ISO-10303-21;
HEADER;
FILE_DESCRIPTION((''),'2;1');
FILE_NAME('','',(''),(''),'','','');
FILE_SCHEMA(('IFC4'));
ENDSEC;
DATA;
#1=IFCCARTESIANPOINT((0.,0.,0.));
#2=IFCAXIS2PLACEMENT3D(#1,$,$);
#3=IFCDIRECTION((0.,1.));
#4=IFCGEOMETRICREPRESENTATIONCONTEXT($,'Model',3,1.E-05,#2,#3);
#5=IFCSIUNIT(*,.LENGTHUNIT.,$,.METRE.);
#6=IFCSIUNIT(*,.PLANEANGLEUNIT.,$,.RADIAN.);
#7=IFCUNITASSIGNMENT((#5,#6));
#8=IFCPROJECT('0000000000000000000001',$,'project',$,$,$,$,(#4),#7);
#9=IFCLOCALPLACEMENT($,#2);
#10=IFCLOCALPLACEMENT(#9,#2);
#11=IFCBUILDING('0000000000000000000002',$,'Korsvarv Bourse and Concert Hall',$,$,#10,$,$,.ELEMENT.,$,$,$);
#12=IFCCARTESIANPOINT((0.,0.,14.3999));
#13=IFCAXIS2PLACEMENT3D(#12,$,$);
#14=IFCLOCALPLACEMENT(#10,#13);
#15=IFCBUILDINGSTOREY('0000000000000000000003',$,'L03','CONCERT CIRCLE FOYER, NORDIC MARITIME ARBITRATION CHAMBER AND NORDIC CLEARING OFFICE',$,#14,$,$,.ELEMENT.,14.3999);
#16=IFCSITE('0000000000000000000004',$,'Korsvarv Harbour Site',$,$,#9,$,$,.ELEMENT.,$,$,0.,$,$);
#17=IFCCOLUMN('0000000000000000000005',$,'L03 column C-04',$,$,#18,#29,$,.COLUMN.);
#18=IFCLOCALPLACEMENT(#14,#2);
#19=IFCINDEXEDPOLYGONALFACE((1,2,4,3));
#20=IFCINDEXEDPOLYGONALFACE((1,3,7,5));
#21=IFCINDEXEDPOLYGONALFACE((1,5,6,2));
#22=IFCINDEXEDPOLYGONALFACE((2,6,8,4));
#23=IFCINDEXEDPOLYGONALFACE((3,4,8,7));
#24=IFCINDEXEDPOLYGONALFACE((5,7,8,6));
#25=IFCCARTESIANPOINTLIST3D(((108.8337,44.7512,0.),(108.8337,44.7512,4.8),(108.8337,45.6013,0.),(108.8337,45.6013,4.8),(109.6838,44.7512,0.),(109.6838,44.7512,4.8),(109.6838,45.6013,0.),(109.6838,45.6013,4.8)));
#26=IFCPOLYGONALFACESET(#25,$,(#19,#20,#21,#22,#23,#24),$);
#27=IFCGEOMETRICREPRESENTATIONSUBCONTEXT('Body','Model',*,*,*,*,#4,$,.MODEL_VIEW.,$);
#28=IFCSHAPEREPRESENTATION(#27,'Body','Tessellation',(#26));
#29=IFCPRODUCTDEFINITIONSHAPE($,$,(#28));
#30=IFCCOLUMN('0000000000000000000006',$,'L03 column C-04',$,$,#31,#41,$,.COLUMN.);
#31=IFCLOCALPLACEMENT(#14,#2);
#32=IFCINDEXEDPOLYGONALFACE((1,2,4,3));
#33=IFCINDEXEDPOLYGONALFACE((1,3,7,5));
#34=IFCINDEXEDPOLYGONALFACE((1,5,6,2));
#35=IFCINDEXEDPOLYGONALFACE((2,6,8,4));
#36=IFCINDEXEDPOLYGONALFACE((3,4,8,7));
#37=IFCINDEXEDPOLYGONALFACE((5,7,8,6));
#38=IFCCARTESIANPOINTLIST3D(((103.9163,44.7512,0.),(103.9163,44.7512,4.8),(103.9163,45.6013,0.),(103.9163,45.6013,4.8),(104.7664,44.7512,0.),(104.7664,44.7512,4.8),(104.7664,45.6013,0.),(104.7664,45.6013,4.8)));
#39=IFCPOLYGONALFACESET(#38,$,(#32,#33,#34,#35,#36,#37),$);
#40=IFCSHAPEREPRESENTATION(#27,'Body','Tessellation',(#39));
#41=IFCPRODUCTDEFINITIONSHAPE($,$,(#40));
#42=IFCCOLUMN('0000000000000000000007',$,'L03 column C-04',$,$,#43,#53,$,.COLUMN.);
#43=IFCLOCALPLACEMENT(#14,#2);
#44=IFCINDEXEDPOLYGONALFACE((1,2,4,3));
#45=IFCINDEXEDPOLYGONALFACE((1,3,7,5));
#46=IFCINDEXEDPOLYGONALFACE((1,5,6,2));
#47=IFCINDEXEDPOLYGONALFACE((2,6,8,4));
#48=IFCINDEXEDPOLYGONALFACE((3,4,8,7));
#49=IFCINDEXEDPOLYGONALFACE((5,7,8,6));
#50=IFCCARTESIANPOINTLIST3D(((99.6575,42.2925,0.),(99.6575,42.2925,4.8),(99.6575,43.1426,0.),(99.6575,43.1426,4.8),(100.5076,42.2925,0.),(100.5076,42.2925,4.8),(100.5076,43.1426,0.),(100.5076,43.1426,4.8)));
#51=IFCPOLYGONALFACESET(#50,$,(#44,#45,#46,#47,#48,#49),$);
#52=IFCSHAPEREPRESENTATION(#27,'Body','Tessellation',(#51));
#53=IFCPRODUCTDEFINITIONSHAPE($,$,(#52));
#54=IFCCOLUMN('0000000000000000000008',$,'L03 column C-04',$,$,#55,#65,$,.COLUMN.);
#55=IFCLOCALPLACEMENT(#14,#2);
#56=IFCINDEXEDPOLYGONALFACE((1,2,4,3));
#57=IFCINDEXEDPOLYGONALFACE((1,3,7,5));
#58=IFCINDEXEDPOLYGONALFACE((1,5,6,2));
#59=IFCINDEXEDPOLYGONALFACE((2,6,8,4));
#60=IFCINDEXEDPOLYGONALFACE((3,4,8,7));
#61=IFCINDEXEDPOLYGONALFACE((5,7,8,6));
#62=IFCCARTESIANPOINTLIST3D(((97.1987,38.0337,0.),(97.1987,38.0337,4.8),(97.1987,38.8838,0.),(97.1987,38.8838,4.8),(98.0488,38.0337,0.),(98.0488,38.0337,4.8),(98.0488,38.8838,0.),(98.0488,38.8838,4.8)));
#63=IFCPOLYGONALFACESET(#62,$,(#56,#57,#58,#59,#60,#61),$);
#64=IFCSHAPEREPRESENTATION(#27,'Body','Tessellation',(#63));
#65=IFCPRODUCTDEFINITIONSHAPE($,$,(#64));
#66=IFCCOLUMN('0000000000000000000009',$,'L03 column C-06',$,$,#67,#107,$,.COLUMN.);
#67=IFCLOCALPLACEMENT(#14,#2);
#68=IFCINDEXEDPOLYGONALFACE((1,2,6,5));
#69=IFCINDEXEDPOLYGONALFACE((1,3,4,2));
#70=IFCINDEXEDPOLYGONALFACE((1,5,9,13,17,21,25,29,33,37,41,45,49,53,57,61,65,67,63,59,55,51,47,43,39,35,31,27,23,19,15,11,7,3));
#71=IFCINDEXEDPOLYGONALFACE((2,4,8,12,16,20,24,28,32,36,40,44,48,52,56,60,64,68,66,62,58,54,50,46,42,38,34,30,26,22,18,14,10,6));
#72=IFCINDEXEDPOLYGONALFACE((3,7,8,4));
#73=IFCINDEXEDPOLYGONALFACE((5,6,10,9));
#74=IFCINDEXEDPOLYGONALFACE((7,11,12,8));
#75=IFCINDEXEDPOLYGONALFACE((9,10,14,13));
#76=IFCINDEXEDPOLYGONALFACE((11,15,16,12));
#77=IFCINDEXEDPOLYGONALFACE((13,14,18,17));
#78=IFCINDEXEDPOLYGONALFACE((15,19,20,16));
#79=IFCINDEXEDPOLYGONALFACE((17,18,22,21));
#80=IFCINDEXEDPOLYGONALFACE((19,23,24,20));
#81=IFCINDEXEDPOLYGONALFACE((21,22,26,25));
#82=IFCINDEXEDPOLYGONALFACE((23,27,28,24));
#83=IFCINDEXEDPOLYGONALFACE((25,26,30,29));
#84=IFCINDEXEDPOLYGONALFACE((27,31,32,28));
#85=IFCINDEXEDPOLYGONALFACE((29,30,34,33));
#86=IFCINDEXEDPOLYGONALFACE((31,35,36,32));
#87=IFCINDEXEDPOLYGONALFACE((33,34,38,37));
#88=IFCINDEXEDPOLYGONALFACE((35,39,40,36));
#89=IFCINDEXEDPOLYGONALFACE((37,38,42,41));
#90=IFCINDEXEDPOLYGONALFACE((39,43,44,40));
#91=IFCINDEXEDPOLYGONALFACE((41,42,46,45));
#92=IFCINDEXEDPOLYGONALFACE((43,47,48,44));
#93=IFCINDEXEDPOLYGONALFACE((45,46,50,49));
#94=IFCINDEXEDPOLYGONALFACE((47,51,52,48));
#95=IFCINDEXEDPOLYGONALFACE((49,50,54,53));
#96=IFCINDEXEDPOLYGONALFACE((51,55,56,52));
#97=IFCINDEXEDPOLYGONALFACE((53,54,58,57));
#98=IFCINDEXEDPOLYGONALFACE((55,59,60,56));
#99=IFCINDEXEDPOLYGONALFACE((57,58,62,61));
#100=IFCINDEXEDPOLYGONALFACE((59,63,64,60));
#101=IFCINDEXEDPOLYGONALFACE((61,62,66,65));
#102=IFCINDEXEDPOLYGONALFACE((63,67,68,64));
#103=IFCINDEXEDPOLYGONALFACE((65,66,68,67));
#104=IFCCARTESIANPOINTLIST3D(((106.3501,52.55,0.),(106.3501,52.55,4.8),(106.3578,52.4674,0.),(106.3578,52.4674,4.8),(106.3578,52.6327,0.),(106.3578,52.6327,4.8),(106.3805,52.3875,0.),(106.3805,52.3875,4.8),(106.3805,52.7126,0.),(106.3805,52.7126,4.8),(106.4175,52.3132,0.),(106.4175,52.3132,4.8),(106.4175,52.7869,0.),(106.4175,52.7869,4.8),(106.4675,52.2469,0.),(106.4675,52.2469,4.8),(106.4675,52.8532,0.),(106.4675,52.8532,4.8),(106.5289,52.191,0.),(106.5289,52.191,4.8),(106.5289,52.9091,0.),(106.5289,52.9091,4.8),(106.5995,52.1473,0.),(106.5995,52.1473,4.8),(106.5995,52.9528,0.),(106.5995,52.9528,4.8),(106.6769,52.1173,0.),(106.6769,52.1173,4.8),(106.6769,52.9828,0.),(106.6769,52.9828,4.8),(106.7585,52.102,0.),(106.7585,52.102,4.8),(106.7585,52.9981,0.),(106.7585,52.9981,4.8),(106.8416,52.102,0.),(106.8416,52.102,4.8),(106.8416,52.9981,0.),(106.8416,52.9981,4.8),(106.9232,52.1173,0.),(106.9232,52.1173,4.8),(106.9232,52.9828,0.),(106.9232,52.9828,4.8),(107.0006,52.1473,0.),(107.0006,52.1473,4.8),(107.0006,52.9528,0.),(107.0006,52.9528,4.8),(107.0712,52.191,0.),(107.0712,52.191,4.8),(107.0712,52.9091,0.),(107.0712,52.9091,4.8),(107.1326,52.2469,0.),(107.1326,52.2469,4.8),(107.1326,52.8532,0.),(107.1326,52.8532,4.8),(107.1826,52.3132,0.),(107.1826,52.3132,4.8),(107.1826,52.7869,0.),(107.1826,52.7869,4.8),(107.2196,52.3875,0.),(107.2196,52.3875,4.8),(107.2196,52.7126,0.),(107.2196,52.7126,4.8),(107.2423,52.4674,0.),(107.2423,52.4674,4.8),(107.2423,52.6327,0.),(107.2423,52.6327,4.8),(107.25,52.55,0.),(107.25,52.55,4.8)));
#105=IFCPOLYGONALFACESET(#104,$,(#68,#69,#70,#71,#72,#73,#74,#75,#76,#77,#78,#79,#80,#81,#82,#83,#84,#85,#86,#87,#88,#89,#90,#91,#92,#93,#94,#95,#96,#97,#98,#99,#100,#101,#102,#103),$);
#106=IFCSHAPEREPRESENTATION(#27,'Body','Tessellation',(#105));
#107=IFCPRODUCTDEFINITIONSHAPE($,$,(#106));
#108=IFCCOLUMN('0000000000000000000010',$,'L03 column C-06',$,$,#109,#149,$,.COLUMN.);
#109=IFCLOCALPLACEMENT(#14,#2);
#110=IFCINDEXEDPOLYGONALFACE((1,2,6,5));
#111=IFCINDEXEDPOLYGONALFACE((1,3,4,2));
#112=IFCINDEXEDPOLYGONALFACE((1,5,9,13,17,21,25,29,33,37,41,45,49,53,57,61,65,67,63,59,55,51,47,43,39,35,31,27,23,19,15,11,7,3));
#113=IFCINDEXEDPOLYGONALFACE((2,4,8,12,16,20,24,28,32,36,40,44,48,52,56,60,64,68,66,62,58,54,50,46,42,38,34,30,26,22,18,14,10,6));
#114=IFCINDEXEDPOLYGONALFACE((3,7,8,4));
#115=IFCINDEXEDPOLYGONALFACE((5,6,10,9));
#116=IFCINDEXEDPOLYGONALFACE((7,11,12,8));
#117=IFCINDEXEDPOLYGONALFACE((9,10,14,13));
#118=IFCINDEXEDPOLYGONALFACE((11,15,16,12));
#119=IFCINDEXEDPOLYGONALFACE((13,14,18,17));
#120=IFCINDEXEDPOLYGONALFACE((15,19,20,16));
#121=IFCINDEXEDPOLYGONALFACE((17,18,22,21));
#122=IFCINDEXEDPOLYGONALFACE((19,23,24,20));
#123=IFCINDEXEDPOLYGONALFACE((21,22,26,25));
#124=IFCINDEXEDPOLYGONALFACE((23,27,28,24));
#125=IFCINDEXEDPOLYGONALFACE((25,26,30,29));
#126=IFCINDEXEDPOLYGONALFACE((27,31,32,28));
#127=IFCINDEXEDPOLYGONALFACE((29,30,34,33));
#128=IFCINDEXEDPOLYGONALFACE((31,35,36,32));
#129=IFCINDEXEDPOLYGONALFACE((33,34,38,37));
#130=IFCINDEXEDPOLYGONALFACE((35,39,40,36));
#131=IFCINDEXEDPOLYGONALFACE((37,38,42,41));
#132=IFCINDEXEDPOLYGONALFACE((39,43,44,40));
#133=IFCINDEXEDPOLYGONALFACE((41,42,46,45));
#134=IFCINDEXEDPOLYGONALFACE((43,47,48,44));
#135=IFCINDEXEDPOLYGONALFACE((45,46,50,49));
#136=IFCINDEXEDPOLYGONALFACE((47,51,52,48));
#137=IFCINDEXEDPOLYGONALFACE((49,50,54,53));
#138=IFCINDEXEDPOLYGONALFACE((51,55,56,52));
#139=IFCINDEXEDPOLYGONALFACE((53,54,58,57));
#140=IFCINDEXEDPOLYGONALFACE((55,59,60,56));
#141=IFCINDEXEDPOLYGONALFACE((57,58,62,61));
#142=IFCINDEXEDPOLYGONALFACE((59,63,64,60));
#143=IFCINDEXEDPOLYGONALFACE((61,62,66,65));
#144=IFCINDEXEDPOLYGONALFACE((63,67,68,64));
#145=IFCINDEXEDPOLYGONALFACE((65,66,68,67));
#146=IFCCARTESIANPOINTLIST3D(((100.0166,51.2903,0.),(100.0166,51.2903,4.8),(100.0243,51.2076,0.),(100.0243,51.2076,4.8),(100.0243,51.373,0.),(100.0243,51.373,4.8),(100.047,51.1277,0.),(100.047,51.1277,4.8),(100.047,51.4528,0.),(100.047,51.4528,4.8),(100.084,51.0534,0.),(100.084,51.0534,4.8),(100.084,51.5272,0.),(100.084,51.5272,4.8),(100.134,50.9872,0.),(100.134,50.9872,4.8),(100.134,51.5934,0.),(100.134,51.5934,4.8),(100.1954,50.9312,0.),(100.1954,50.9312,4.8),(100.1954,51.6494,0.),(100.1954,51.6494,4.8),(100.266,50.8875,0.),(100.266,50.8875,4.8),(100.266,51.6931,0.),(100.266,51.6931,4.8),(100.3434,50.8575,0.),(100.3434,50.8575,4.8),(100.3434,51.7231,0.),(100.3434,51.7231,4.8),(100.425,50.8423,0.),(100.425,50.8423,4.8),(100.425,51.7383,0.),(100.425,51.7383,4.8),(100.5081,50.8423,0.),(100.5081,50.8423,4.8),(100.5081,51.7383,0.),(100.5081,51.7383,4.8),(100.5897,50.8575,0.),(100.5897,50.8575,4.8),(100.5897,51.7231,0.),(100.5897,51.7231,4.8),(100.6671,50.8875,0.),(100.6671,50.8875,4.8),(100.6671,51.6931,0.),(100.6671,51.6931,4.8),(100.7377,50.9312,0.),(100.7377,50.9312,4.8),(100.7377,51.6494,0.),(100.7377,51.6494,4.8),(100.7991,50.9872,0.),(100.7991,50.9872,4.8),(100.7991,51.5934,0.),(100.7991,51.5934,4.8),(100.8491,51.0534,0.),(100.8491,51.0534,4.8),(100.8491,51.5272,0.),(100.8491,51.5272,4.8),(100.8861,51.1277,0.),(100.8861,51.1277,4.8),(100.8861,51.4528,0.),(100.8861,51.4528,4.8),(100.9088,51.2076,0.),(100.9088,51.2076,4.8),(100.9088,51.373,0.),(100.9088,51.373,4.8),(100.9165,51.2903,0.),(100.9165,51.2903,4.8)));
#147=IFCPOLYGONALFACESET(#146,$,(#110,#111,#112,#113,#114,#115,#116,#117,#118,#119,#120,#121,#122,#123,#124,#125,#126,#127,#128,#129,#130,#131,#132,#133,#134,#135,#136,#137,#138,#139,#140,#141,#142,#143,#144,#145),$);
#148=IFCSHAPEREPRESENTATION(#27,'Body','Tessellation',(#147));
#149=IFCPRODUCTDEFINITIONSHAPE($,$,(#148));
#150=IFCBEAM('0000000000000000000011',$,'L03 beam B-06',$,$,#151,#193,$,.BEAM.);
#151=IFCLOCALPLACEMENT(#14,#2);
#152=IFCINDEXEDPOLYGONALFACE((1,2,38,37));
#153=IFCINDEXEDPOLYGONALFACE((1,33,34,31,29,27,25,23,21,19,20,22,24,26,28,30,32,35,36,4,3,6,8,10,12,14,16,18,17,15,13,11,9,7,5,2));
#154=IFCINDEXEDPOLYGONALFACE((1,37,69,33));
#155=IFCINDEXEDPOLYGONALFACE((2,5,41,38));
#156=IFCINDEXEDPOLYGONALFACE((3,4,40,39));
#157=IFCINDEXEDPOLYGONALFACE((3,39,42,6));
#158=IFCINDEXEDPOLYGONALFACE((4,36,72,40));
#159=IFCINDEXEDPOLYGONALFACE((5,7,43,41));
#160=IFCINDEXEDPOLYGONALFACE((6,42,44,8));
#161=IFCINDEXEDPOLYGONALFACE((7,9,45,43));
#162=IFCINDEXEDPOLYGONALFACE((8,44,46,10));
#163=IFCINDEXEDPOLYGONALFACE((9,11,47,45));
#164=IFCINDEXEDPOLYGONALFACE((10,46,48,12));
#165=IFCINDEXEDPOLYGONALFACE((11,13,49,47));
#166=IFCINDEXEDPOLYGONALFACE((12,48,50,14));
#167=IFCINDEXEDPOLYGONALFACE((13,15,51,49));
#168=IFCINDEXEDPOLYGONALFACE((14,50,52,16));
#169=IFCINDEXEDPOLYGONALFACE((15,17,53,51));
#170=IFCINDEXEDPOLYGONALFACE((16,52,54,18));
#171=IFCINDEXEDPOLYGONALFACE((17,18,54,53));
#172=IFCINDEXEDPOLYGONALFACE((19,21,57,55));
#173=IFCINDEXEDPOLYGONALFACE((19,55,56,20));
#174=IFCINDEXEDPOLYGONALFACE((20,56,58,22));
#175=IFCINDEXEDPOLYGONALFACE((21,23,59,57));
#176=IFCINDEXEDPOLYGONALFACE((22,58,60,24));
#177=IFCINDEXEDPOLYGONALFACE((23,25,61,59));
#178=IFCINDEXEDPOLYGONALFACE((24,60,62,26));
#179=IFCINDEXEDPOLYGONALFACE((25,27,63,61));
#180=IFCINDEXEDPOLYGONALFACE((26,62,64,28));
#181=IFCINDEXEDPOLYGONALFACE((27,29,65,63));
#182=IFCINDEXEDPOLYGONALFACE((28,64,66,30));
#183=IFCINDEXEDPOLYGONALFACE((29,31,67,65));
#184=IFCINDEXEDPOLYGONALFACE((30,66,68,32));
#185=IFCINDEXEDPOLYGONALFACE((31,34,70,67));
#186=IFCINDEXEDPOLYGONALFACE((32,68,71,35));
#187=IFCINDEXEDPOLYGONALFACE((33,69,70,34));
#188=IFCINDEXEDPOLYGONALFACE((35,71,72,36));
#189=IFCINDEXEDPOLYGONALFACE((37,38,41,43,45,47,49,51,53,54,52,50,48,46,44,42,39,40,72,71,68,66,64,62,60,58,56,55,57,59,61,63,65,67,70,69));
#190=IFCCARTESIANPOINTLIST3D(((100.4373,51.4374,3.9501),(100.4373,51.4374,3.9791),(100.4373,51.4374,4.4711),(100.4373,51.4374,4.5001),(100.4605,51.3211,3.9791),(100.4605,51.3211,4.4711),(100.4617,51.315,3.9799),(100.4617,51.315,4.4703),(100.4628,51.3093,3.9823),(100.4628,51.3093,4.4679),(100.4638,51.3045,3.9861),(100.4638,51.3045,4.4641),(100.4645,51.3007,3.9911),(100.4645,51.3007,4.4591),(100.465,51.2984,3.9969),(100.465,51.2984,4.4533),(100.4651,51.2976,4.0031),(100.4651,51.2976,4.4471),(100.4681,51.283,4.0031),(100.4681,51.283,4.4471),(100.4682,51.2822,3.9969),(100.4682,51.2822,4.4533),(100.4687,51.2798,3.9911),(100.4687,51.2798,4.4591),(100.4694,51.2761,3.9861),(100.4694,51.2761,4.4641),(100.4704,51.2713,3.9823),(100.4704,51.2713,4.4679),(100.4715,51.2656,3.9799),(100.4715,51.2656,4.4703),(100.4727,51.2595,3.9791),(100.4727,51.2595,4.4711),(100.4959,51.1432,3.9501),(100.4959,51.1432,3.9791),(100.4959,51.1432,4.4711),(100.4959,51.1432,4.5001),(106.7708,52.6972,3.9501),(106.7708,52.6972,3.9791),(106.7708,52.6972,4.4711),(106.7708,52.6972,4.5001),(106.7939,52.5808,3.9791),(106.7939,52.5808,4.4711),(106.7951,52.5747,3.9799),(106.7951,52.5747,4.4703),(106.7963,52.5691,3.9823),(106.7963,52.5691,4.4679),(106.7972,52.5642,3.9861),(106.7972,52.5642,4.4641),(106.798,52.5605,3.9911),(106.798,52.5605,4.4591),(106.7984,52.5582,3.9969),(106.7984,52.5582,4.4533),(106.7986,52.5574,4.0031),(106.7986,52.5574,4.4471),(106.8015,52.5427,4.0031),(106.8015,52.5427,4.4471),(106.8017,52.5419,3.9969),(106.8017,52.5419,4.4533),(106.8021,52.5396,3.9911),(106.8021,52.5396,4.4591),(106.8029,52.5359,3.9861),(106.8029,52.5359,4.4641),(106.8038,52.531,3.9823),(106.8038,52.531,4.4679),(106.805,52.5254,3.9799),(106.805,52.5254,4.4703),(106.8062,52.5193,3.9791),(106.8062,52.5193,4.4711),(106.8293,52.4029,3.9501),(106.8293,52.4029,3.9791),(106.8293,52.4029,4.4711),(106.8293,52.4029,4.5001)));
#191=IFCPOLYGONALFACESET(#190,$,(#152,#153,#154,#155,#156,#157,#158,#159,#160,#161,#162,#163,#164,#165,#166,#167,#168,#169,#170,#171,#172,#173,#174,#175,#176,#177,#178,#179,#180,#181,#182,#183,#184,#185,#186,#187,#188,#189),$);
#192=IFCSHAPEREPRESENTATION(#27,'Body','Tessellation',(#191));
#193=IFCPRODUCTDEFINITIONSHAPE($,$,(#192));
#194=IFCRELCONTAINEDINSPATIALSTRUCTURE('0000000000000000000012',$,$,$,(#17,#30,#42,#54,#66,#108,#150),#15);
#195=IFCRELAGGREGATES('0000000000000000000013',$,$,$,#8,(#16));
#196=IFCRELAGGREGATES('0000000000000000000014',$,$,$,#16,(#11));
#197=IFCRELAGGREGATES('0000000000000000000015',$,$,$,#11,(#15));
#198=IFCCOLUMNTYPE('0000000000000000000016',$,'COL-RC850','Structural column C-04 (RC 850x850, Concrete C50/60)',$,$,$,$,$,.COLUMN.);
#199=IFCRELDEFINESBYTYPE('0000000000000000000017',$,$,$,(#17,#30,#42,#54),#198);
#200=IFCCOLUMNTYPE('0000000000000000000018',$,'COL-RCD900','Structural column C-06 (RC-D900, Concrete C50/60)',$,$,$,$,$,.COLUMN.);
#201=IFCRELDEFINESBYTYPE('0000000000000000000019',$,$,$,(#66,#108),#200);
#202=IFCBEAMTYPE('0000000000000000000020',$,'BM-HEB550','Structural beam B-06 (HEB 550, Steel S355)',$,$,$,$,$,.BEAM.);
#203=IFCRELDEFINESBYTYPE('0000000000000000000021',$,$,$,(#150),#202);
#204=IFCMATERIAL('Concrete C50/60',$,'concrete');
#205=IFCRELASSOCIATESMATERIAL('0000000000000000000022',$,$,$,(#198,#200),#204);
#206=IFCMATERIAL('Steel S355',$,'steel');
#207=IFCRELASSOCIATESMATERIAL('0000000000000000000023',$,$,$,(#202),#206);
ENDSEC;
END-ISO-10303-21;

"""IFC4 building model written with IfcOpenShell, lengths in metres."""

from ifc_helpers import new_model, si_unit, direction, frame, origin, origin_2d, place, context, subcontext, project, spatial, rectangle, circle, i_section, extrude, source, transform, mapped, material, material_profile, profile_set, type_object, element, save


model = new_model("IFC4")

# Units and contexts
model_context = context("Model", 3, precision=1e-05, world=origin(), true_north=direction((0.0, 1.0)))
body_context = subcontext(model_context, "Body", "Model", "MODEL_VIEW")
ifc_project = project(units=[si_unit("LENGTHUNIT", "METRE"), si_unit("PLANEANGLEUNIT", "RADIAN")], contexts=[model_context])

# Site, building, storey
site_placement = place(None, origin())
site = spatial("IfcSite", under=ifc_project, at=site_placement, Name="Korsvarv Harbour Site", CompositionType="ELEMENT", RefElevation=0.0)
building_placement = place(site_placement, origin())
building = spatial("IfcBuilding", under=site, at=building_placement, Name="Korsvarv Bourse and Concert Hall", CompositionType="ELEMENT")
storey_placement = place(building_placement, frame((0.0, 0.0, 14.3999)))
storey = spatial("IfcBuildingStorey", under=building, at=storey_placement, Name="L03", Description="CONCERT CIRCLE FOYER, NORDIC MARITIME ARBITRATION CHAMBER AND NORDIC CLEARING OFFICE", CompositionType="ELEMENT", Elevation=14.3999)

# Columns
ifc_material_1 = material(Name="Concrete C50/60", Category="concrete")
ifc_material_profile_1 = material_profile(ifc_material_1, rectangle(XDim=0.8501, YDim=0.8501, at=origin_2d()), Name="RC 850x850")
ifc_profile_set_1 = profile_set([ifc_material_profile_1], Name="Concrete C50/60")
column_type_1 = type_object("IfcColumnType", Name="COL-RC850", Description="Structural column C-04 (RC 850x850, Concrete C50/60)", PredefinedType="COLUMN", material=ifc_profile_set_1)
shared_shape_1 = source(origin(), body_context, "Body", "SweptSolid", [
    extrude(rectangle(XDim=0.8501, YDim=0.8501, at=origin_2d()), origin(), (0.0, 0.0, 1.0), 4.8),
])
for number, where, z_axis, x_axis, name in (
    (1, (109.2588, 45.1763, 0.0), (0.0, 0.0, 1.0), (1.0, 0.0, 0.0), "L03 column C-04"),
    (2, (104.3413, 45.1763, 0.0), (0.0, 0.0, 1.0), (1.0, 0.0, 0.0), "L03 column C-04"),
    (3, (100.0825, 42.7175, 0.0), (0.0, 0.0, 1.0), (1.0, 0.0, 0.0), "L03 column C-04"),
    (4, (97.6238, 38.4587, 0.0), (0.0, 0.0, 1.0), (1.0, 0.0, 0.0), "L03 column C-04"),
):
    element("IfcColumn", number, at=place(storey_placement, frame(where, z_axis=z_axis, x_axis=x_axis)), inside=storey, type_object=column_type_1, Name=name, PredefinedType="COLUMN", context=body_context, shape_type="MappedRepresentation", body=[
        mapped(shared_shape_1, transform((0.0, 0.0, 0.0), scale=1.0)),
    ])
ifc_material_profile_2 = material_profile(ifc_material_1, circle(Radius=0.45, at=origin_2d()), Name="RC-D900")
ifc_profile_set_2 = profile_set([ifc_material_profile_2], Name="Concrete C50/60")
column_type_2 = type_object("IfcColumnType", Name="COL-RCD900", Description="Structural column C-06 (RC-D900, Concrete C50/60)", PredefinedType="COLUMN", material=ifc_profile_set_2)
shared_shape_2 = source(origin(), body_context, "Body", "SweptSolid", [
    extrude(circle(Radius=0.45, at=origin_2d()), origin(), (0.0, 0.0, 1.0), 4.8),
])
for number, where, z_axis, x_axis, name in (
    (5, (106.8, 52.55, 0.0), (0.0, 0.0, 1.0), (1.0, 0.0, 0.0), "L03 column C-06"),
    (6, (100.4666, 51.2903, 0.0), (0.0, 0.0, 1.0), (1.0, 0.0, 0.0), "L03 column C-06"),
):
    element("IfcColumn", number, at=place(storey_placement, frame(where, z_axis=z_axis, x_axis=x_axis)), inside=storey, type_object=column_type_2, Name=name, PredefinedType="COLUMN", context=body_context, shape_type="MappedRepresentation", body=[
        mapped(shared_shape_2, transform((0.0, 0.0, 0.0), scale=1.0)),
    ])

# Beam
ifc_material_2 = material(Name="Steel S355", Category="steel")
ifc_material_profile_3 = material_profile(ifc_material_2, i_section(OverallWidth=0.3, OverallDepth=0.55, WebThickness=0.0149, FlangeThickness=0.0291, FilletRadius=0.0239, at=origin_2d()), Name="HEB 550")
ifc_profile_set_3 = profile_set([ifc_material_profile_3], Name="Steel S355")
beam_type_1 = type_object("IfcBeamType", Name="BM-HEB550", Description="Structural beam B-06 (HEB 550, Steel S355)", PredefinedType="BEAM", material=ifc_profile_set_3)
shared_shape_3 = source(origin(), body_context, "Body", "SweptSolid", [
    extrude(i_section(OverallWidth=0.3, OverallDepth=0.55, WebThickness=0.0149, FlangeThickness=0.0291, FilletRadius=0.0239, at=origin_2d()), origin(), (0.0, 0.0, 1.0), 6.4575),
])
for number, where, z_axis, x_axis, name in (
    (7, (106.8, 52.55, 4.2251), (-0.980787, -0.195084, 0.0), (0.195084, -0.980787, 0.0), "L03 beam B-06"),
):
    element("IfcBeam", number, at=place(storey_placement, frame(where, z_axis=z_axis, x_axis=x_axis)), inside=storey, type_object=beam_type_1, Name=name, PredefinedType="BEAM", context=body_context, shape_type="MappedRepresentation", body=[
        mapped(shared_shape_3, transform((0.0, 0.0, 0.0), scale=1.0)),
    ])

save(model, "model.ifc")
